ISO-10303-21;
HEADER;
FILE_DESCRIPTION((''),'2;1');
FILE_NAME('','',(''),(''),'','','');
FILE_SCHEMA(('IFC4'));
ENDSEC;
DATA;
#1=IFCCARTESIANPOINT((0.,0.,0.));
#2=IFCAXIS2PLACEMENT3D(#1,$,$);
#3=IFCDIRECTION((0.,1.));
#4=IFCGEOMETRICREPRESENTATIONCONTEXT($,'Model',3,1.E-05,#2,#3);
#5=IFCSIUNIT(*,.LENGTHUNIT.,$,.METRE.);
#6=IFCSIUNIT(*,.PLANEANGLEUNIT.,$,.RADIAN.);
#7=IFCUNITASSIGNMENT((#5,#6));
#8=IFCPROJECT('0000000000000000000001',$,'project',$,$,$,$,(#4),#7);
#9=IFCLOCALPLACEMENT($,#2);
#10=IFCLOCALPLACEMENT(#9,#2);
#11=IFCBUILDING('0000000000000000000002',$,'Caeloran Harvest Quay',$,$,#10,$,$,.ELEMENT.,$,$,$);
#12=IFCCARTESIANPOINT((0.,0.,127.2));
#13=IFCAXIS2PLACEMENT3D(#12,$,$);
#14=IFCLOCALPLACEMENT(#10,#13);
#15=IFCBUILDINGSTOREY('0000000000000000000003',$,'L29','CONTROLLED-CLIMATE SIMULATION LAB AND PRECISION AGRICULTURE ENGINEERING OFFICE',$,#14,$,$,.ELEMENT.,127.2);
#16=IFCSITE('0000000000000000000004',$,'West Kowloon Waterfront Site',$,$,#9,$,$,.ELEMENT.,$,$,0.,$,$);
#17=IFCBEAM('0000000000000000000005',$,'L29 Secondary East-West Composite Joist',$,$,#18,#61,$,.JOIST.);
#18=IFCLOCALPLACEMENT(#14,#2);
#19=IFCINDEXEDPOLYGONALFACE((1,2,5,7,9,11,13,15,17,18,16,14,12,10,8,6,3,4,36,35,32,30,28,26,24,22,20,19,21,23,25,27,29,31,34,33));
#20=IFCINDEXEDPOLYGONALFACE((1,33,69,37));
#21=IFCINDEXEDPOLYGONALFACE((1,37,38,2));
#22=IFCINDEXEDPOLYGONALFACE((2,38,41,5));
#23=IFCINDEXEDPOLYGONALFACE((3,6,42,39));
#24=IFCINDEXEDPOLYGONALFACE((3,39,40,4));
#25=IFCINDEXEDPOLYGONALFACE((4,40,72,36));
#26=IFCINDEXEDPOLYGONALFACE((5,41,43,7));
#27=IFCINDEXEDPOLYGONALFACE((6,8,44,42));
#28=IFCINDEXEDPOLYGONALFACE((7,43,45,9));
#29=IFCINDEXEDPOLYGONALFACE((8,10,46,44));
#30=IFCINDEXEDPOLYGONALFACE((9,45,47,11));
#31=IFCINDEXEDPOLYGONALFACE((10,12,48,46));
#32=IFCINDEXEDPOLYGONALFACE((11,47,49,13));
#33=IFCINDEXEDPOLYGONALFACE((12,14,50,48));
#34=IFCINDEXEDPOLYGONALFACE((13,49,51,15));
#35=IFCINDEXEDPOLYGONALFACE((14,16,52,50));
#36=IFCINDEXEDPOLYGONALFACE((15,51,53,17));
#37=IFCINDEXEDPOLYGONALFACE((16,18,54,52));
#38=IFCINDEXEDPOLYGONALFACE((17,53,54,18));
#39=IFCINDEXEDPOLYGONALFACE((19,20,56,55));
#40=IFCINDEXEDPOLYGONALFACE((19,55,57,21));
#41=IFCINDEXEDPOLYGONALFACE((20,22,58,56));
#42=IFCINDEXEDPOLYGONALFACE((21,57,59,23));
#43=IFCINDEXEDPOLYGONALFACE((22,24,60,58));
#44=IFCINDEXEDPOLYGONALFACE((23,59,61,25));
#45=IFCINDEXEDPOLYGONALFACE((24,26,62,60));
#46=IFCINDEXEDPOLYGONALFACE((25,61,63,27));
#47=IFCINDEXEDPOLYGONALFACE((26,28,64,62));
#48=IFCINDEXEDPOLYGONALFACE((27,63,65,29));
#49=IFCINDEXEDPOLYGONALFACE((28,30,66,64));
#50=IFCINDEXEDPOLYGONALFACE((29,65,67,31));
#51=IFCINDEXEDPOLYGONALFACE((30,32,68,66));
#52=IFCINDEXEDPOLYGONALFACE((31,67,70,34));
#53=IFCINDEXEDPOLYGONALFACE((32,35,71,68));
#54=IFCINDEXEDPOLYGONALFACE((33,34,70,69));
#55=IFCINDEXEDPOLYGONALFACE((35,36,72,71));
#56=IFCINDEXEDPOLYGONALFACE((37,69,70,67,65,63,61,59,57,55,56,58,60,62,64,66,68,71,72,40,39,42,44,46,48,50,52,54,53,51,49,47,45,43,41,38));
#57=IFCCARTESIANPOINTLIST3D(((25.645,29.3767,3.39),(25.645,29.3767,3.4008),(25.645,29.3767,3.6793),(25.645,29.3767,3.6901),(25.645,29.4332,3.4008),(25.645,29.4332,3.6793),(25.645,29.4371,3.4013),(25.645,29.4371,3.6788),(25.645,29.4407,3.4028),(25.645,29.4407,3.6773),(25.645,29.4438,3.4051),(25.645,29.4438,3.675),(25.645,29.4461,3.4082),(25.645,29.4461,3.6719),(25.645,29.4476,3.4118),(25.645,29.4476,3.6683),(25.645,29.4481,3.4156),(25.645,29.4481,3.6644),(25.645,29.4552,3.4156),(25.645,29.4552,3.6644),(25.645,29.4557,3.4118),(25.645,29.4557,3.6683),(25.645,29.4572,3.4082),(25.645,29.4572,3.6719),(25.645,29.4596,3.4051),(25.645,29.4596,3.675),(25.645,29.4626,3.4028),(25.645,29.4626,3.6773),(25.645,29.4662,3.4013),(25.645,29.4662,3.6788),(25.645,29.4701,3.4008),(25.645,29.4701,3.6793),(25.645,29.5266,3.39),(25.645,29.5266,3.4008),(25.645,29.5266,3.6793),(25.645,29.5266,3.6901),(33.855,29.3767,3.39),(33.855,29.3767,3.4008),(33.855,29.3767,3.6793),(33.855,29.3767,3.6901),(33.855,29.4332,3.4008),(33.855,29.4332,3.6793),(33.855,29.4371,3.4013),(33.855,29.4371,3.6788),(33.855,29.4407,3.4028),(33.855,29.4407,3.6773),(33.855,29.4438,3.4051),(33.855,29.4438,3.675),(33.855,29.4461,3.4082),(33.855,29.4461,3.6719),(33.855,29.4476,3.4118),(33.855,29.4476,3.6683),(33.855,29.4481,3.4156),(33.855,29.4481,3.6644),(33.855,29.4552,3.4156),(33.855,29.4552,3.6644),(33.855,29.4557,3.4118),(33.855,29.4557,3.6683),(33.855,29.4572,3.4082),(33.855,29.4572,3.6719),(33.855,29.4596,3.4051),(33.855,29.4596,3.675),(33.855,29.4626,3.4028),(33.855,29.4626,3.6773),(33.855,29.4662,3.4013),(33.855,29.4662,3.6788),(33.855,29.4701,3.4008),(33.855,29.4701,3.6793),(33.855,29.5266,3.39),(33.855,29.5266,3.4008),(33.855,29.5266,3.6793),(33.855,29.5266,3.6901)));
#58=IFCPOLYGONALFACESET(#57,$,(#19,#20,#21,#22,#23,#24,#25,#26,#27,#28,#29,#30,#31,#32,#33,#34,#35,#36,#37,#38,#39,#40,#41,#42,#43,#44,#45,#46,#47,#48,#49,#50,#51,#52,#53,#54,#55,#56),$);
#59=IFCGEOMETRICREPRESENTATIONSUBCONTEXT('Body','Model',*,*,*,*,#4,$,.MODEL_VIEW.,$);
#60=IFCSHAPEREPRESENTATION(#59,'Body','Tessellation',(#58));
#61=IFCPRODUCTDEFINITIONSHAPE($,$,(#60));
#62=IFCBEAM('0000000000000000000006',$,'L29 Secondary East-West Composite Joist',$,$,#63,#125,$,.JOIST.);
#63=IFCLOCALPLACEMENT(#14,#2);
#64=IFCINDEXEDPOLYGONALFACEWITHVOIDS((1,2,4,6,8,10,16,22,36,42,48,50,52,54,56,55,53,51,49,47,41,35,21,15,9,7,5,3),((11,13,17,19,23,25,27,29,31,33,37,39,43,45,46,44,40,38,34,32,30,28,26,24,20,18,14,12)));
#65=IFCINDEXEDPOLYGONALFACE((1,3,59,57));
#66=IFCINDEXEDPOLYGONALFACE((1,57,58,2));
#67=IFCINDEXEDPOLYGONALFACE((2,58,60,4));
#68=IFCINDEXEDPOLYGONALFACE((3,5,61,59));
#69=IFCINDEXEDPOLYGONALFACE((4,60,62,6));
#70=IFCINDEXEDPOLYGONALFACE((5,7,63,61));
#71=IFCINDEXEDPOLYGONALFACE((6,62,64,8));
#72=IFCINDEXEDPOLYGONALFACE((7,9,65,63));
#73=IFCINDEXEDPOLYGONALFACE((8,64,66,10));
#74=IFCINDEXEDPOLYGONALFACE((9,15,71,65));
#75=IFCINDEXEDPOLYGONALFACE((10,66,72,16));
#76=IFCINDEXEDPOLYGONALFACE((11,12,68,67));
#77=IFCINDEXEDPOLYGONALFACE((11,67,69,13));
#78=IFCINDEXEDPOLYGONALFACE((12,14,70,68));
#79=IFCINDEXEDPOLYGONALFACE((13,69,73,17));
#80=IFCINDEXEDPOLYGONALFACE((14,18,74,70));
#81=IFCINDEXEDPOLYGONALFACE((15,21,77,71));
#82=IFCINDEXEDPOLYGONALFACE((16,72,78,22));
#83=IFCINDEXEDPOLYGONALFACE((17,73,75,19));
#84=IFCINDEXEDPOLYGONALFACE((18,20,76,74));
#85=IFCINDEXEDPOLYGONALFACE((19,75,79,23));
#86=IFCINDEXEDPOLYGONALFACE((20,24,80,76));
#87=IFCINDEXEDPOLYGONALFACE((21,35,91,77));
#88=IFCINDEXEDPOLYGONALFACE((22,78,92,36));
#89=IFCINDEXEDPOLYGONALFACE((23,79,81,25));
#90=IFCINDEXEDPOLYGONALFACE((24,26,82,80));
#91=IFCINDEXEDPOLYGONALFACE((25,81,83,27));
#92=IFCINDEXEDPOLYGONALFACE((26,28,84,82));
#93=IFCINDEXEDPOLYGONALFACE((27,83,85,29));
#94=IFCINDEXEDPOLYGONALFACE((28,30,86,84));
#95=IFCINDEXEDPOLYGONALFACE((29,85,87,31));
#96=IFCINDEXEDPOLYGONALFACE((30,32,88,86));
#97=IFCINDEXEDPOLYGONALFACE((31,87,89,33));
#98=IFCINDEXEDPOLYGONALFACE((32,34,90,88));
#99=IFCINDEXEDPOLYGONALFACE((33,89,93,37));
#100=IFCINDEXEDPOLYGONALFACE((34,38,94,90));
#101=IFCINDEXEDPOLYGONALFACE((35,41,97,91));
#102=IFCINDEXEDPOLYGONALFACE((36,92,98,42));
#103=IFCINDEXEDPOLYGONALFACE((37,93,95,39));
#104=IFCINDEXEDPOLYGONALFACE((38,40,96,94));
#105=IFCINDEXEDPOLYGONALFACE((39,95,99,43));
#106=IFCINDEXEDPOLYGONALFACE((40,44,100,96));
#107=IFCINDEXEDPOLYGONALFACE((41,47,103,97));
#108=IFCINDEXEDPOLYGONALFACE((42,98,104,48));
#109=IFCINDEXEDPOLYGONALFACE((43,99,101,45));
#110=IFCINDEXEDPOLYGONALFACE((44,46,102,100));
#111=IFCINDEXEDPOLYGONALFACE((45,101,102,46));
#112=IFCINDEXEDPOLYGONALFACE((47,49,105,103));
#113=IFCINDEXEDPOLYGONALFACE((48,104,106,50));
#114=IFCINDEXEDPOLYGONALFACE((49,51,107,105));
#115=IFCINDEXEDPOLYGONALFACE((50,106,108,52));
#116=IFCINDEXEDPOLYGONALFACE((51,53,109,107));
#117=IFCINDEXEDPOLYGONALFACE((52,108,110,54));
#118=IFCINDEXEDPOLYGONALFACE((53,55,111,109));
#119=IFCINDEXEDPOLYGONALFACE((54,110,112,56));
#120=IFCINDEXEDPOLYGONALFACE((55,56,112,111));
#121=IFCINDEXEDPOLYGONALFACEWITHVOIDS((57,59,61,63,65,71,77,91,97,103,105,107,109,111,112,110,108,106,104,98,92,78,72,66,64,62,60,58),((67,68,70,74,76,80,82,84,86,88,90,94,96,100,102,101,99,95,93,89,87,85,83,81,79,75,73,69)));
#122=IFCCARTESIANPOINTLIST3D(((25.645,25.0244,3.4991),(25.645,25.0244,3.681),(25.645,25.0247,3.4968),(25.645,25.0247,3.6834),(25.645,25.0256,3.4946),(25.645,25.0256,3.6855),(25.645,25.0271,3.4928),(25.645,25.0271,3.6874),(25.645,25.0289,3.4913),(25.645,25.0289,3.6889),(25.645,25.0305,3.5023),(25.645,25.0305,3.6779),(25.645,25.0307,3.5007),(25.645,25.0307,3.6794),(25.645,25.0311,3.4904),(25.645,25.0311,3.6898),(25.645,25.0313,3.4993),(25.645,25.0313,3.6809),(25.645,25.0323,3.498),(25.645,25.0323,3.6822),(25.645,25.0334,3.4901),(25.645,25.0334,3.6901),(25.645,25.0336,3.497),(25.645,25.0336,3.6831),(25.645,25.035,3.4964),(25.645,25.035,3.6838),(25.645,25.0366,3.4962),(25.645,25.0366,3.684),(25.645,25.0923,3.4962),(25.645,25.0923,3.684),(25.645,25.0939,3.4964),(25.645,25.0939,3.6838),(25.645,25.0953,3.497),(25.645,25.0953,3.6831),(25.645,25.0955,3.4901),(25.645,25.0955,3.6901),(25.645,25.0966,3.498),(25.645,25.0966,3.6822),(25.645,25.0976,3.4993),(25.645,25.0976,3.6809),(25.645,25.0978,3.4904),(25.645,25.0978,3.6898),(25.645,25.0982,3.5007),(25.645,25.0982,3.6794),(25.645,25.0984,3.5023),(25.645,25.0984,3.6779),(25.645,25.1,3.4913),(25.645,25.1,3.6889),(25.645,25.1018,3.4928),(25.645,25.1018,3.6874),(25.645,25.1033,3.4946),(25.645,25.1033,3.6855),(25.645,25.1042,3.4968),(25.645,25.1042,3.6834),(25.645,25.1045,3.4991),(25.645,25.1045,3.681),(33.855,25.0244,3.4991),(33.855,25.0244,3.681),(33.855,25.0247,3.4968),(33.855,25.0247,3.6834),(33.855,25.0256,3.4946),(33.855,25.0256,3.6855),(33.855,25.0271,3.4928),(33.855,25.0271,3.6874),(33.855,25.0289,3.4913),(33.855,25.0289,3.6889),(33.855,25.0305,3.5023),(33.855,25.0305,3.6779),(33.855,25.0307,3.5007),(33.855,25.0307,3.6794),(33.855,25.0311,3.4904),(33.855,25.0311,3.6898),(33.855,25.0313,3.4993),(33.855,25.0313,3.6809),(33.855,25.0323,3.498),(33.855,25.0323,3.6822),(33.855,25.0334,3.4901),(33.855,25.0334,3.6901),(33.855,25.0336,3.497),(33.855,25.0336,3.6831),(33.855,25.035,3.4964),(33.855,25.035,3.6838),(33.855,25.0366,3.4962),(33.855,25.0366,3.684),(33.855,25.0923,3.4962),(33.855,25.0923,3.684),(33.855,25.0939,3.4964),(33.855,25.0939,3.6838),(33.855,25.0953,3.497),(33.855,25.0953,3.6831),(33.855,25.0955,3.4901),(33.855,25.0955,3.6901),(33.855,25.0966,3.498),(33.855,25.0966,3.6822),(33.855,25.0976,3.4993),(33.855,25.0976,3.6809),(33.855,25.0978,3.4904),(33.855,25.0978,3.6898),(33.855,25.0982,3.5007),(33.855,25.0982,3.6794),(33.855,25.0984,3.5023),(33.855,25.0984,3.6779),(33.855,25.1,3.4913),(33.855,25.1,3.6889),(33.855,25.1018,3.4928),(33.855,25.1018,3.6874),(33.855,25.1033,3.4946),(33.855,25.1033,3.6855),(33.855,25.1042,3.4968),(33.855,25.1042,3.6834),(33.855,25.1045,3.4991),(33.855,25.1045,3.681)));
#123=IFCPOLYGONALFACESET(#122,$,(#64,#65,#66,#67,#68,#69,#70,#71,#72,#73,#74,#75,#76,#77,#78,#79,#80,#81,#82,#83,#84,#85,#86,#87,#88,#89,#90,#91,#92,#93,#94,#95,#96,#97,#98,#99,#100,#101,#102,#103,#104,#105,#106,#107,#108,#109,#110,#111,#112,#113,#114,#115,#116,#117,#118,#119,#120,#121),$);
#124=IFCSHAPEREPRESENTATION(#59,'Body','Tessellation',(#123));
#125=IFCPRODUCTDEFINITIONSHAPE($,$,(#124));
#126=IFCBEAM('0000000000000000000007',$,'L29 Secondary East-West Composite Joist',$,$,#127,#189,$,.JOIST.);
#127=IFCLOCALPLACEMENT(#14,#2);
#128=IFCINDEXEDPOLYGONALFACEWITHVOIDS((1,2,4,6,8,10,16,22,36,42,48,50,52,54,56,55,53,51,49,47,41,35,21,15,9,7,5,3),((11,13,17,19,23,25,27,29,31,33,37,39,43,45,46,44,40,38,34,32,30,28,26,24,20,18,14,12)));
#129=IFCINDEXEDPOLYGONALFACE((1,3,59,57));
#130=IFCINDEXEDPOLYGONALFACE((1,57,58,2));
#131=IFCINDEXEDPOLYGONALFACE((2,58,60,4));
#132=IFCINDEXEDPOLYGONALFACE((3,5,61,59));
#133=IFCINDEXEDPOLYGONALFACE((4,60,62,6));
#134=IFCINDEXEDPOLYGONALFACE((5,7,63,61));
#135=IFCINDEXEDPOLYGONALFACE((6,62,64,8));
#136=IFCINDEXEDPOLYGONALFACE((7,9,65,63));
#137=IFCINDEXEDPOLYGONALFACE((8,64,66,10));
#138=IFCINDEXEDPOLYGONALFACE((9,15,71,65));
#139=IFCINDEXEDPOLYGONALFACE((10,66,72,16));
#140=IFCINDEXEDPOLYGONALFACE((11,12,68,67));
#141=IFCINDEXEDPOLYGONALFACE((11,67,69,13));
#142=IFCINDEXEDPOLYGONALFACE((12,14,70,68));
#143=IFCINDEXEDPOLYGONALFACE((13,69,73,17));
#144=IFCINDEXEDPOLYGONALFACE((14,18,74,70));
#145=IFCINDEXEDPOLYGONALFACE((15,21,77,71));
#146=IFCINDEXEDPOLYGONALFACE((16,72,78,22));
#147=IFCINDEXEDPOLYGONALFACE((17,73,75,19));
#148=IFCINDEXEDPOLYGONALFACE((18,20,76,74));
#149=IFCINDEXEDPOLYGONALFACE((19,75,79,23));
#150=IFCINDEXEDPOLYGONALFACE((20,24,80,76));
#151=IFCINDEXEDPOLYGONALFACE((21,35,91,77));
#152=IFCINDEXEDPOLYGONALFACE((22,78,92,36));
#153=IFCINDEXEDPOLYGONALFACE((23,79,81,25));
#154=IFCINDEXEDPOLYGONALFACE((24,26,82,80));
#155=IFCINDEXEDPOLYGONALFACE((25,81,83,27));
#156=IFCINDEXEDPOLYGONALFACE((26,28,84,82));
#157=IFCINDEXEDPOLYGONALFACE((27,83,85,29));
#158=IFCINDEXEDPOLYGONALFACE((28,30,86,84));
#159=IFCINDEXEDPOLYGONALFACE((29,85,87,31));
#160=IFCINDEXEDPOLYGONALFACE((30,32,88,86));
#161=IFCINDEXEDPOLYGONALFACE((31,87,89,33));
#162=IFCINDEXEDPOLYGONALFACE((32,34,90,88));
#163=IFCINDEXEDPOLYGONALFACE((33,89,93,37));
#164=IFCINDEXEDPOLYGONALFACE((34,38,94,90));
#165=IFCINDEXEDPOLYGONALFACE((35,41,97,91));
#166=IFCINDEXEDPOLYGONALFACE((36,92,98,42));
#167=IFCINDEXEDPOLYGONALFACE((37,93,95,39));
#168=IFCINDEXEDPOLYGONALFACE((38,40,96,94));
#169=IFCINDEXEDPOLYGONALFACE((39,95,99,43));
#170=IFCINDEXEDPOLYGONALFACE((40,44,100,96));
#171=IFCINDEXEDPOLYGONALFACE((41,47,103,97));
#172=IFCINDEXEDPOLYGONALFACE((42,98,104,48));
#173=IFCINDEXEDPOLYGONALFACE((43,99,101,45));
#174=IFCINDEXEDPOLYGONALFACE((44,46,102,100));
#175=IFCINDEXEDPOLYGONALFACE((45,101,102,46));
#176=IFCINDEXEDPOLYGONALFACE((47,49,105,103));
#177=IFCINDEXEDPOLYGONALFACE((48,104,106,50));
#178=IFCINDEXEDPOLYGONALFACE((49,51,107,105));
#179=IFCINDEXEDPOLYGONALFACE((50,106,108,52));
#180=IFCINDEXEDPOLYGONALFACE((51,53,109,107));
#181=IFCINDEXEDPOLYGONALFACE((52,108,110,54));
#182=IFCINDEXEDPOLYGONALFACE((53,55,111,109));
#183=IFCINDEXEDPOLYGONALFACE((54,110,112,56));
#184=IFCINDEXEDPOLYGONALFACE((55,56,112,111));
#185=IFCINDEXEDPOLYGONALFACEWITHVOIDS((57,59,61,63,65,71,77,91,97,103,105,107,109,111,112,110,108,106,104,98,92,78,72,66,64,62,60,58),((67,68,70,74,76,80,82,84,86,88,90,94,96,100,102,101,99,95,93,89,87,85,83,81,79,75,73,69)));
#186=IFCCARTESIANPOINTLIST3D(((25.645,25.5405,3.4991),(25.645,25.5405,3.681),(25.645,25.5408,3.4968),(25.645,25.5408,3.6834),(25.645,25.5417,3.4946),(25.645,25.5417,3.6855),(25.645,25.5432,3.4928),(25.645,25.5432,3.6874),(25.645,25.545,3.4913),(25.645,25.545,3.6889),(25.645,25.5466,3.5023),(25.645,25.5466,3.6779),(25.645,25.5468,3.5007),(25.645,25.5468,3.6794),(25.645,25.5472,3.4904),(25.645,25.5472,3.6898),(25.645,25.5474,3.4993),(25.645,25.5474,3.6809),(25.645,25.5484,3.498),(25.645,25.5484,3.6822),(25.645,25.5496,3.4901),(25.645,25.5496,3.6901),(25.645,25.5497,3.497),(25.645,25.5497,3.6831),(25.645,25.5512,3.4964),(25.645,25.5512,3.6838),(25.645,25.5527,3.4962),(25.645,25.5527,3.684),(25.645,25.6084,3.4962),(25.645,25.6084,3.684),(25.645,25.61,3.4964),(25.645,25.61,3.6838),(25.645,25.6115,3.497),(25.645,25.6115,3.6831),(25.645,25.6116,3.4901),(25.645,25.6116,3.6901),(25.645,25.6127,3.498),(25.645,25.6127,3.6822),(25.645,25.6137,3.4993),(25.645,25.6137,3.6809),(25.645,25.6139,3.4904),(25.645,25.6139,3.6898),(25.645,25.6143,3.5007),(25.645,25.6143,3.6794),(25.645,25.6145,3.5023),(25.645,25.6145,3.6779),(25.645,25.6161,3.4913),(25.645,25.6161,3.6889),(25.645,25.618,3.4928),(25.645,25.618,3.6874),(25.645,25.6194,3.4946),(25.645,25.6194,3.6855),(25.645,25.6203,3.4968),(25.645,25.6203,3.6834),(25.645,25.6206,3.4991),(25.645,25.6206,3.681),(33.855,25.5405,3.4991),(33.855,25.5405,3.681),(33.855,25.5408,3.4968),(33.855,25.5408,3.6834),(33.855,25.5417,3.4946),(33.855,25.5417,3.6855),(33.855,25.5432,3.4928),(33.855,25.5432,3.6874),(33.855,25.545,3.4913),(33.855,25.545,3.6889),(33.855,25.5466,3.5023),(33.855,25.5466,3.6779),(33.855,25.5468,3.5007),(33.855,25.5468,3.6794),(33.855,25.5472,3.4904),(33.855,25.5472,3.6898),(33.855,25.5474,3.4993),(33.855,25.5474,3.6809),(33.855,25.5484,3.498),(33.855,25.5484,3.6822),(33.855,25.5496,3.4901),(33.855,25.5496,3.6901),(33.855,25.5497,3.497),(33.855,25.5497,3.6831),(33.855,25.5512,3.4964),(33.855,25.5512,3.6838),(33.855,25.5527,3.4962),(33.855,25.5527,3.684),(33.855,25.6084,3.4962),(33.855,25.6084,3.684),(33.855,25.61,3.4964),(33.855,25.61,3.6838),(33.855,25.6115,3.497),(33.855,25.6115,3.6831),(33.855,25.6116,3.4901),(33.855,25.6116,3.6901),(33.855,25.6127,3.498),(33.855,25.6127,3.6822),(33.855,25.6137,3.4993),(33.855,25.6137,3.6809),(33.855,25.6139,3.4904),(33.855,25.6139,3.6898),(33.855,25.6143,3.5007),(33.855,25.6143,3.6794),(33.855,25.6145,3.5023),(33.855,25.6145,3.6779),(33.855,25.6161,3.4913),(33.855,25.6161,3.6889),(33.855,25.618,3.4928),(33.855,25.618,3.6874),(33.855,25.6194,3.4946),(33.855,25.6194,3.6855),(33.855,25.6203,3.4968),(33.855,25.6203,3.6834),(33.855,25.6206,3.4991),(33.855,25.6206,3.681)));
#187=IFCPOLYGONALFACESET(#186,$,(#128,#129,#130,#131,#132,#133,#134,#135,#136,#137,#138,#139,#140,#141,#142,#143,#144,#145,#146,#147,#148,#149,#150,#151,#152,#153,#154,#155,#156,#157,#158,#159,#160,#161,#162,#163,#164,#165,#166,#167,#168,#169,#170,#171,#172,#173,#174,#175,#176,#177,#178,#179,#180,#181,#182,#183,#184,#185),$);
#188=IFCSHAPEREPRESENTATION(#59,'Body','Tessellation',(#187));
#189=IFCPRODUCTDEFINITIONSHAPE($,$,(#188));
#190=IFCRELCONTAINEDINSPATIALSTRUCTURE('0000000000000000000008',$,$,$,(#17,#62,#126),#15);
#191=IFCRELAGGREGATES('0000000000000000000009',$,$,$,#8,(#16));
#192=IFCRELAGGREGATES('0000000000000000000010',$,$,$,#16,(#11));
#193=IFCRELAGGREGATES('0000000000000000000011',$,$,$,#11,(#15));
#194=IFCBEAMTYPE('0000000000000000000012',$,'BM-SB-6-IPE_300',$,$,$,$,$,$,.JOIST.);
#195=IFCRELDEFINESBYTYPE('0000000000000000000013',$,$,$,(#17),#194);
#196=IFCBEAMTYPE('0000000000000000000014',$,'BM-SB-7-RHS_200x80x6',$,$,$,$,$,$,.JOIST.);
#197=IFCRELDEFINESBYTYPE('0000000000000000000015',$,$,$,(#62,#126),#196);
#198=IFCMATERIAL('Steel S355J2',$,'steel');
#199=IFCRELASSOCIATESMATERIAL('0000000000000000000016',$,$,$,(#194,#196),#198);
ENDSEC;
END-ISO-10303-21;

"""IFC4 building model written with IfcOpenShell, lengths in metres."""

from ifc_helpers import new_model, si_unit, direction, frame, origin, origin_2d, place, context, subcontext, project, spatial, hollow_rectangle, i_section, extrude, material, material_profile, profile_set, type_object, element, save


model = new_model("IFC4")

# Units and contexts
model_context = context("Model", 3, precision=1e-05, world=origin(), true_north=direction((0.0, 1.0)))
body_context = subcontext(model_context, "Body", "Model", "MODEL_VIEW")
ifc_project = project(units=[si_unit("LENGTHUNIT", "METRE"), si_unit("PLANEANGLEUNIT", "RADIAN")], contexts=[model_context])

# Site, building, storey
site_placement = place(None, origin())
site = spatial("IfcSite", under=ifc_project, at=site_placement, Name="West Kowloon Waterfront Site", CompositionType="ELEMENT", RefElevation=0.0)
building_placement = place(site_placement, origin())
building = spatial("IfcBuilding", under=site, at=building_placement, Name="Caeloran Harvest Quay", CompositionType="ELEMENT")
storey_placement = place(building_placement, frame((0.0, 0.0, 127.2)))
storey = spatial("IfcBuildingStorey", under=building, at=storey_placement, Name="L29", Description="CONTROLLED-CLIMATE SIMULATION LAB AND PRECISION AGRICULTURE ENGINEERING OFFICE", CompositionType="ELEMENT", Elevation=127.2)

# Beams
ifc_material = material(Name="Steel S355J2", Category="steel")
ifc_material_profile_1 = material_profile(ifc_material, i_section(OverallWidth=0.1499, OverallDepth=0.3, WebThickness=0.0071, FlangeThickness=0.0107, FilletRadius=0.0149, at=origin_2d()), Name="IPE 300")
ifc_profile_set_1 = profile_set([ifc_material_profile_1], Name="Steel S355J2")
beam_type_1 = type_object("IfcBeamType", Name="BM-SB-6-IPE_300", PredefinedType="JOIST", material=ifc_profile_set_1)
for number, where, z_axis, x_axis, name in (
    (1, (25.645, 29.4517, 3.54), (1.0, 0.0, 0.0), (0.0, 1.0, 0.0), "L29 Secondary East-West Composite Joist"),
):
    element("IfcBeam", number, at=place(storey_placement, frame(where, z_axis=z_axis, x_axis=x_axis)), inside=storey, type_object=beam_type_1, Name=name, PredefinedType="JOIST", context=body_context, shape_type="SweptSolid", body=[
        extrude(i_section(OverallWidth=0.1499, OverallDepth=0.3, WebThickness=0.0071, FlangeThickness=0.0107, FilletRadius=0.0149, at=origin_2d()), origin(), (0.0, 0.0, 1.0), 8.21),
    ])
ifc_material_profile_2 = material_profile(ifc_material, hollow_rectangle(XDim=0.0801, YDim=0.2, WallThickness=0.0061, InnerFilletRadius=0.0061, OuterFilletRadius=0.009, at=origin_2d()), Name="RHS 200x80x6")
ifc_profile_set_2 = profile_set([ifc_material_profile_2], Name="Steel S355J2")
beam_type_2 = type_object("IfcBeamType", Name="BM-SB-7-RHS_200x80x6", PredefinedType="JOIST", material=ifc_profile_set_2)
for number, where, z_axis, x_axis, name in (
    (2, (25.645, 25.0645, 3.5901), (1.0, 0.0, 0.0), (0.0, 1.0, 0.0), "L29 Secondary East-West Composite Joist"),
    (3, (25.645, 25.5806, 3.5901), (1.0, 0.0, 0.0), (0.0, 1.0, 0.0), "L29 Secondary East-West Composite Joist"),
):
    element("IfcBeam", number, at=place(storey_placement, frame(where, z_axis=z_axis, x_axis=x_axis)), inside=storey, type_object=beam_type_2, Name=name, PredefinedType="JOIST", context=body_context, shape_type="SweptSolid", body=[
        extrude(hollow_rectangle(XDim=0.0801, YDim=0.2, WallThickness=0.0061, InnerFilletRadius=0.0061, OuterFilletRadius=0.009, at=origin_2d()), origin(), (0.0, 0.0, 1.0), 8.21),
    ])

save(model, "model.ifc")
